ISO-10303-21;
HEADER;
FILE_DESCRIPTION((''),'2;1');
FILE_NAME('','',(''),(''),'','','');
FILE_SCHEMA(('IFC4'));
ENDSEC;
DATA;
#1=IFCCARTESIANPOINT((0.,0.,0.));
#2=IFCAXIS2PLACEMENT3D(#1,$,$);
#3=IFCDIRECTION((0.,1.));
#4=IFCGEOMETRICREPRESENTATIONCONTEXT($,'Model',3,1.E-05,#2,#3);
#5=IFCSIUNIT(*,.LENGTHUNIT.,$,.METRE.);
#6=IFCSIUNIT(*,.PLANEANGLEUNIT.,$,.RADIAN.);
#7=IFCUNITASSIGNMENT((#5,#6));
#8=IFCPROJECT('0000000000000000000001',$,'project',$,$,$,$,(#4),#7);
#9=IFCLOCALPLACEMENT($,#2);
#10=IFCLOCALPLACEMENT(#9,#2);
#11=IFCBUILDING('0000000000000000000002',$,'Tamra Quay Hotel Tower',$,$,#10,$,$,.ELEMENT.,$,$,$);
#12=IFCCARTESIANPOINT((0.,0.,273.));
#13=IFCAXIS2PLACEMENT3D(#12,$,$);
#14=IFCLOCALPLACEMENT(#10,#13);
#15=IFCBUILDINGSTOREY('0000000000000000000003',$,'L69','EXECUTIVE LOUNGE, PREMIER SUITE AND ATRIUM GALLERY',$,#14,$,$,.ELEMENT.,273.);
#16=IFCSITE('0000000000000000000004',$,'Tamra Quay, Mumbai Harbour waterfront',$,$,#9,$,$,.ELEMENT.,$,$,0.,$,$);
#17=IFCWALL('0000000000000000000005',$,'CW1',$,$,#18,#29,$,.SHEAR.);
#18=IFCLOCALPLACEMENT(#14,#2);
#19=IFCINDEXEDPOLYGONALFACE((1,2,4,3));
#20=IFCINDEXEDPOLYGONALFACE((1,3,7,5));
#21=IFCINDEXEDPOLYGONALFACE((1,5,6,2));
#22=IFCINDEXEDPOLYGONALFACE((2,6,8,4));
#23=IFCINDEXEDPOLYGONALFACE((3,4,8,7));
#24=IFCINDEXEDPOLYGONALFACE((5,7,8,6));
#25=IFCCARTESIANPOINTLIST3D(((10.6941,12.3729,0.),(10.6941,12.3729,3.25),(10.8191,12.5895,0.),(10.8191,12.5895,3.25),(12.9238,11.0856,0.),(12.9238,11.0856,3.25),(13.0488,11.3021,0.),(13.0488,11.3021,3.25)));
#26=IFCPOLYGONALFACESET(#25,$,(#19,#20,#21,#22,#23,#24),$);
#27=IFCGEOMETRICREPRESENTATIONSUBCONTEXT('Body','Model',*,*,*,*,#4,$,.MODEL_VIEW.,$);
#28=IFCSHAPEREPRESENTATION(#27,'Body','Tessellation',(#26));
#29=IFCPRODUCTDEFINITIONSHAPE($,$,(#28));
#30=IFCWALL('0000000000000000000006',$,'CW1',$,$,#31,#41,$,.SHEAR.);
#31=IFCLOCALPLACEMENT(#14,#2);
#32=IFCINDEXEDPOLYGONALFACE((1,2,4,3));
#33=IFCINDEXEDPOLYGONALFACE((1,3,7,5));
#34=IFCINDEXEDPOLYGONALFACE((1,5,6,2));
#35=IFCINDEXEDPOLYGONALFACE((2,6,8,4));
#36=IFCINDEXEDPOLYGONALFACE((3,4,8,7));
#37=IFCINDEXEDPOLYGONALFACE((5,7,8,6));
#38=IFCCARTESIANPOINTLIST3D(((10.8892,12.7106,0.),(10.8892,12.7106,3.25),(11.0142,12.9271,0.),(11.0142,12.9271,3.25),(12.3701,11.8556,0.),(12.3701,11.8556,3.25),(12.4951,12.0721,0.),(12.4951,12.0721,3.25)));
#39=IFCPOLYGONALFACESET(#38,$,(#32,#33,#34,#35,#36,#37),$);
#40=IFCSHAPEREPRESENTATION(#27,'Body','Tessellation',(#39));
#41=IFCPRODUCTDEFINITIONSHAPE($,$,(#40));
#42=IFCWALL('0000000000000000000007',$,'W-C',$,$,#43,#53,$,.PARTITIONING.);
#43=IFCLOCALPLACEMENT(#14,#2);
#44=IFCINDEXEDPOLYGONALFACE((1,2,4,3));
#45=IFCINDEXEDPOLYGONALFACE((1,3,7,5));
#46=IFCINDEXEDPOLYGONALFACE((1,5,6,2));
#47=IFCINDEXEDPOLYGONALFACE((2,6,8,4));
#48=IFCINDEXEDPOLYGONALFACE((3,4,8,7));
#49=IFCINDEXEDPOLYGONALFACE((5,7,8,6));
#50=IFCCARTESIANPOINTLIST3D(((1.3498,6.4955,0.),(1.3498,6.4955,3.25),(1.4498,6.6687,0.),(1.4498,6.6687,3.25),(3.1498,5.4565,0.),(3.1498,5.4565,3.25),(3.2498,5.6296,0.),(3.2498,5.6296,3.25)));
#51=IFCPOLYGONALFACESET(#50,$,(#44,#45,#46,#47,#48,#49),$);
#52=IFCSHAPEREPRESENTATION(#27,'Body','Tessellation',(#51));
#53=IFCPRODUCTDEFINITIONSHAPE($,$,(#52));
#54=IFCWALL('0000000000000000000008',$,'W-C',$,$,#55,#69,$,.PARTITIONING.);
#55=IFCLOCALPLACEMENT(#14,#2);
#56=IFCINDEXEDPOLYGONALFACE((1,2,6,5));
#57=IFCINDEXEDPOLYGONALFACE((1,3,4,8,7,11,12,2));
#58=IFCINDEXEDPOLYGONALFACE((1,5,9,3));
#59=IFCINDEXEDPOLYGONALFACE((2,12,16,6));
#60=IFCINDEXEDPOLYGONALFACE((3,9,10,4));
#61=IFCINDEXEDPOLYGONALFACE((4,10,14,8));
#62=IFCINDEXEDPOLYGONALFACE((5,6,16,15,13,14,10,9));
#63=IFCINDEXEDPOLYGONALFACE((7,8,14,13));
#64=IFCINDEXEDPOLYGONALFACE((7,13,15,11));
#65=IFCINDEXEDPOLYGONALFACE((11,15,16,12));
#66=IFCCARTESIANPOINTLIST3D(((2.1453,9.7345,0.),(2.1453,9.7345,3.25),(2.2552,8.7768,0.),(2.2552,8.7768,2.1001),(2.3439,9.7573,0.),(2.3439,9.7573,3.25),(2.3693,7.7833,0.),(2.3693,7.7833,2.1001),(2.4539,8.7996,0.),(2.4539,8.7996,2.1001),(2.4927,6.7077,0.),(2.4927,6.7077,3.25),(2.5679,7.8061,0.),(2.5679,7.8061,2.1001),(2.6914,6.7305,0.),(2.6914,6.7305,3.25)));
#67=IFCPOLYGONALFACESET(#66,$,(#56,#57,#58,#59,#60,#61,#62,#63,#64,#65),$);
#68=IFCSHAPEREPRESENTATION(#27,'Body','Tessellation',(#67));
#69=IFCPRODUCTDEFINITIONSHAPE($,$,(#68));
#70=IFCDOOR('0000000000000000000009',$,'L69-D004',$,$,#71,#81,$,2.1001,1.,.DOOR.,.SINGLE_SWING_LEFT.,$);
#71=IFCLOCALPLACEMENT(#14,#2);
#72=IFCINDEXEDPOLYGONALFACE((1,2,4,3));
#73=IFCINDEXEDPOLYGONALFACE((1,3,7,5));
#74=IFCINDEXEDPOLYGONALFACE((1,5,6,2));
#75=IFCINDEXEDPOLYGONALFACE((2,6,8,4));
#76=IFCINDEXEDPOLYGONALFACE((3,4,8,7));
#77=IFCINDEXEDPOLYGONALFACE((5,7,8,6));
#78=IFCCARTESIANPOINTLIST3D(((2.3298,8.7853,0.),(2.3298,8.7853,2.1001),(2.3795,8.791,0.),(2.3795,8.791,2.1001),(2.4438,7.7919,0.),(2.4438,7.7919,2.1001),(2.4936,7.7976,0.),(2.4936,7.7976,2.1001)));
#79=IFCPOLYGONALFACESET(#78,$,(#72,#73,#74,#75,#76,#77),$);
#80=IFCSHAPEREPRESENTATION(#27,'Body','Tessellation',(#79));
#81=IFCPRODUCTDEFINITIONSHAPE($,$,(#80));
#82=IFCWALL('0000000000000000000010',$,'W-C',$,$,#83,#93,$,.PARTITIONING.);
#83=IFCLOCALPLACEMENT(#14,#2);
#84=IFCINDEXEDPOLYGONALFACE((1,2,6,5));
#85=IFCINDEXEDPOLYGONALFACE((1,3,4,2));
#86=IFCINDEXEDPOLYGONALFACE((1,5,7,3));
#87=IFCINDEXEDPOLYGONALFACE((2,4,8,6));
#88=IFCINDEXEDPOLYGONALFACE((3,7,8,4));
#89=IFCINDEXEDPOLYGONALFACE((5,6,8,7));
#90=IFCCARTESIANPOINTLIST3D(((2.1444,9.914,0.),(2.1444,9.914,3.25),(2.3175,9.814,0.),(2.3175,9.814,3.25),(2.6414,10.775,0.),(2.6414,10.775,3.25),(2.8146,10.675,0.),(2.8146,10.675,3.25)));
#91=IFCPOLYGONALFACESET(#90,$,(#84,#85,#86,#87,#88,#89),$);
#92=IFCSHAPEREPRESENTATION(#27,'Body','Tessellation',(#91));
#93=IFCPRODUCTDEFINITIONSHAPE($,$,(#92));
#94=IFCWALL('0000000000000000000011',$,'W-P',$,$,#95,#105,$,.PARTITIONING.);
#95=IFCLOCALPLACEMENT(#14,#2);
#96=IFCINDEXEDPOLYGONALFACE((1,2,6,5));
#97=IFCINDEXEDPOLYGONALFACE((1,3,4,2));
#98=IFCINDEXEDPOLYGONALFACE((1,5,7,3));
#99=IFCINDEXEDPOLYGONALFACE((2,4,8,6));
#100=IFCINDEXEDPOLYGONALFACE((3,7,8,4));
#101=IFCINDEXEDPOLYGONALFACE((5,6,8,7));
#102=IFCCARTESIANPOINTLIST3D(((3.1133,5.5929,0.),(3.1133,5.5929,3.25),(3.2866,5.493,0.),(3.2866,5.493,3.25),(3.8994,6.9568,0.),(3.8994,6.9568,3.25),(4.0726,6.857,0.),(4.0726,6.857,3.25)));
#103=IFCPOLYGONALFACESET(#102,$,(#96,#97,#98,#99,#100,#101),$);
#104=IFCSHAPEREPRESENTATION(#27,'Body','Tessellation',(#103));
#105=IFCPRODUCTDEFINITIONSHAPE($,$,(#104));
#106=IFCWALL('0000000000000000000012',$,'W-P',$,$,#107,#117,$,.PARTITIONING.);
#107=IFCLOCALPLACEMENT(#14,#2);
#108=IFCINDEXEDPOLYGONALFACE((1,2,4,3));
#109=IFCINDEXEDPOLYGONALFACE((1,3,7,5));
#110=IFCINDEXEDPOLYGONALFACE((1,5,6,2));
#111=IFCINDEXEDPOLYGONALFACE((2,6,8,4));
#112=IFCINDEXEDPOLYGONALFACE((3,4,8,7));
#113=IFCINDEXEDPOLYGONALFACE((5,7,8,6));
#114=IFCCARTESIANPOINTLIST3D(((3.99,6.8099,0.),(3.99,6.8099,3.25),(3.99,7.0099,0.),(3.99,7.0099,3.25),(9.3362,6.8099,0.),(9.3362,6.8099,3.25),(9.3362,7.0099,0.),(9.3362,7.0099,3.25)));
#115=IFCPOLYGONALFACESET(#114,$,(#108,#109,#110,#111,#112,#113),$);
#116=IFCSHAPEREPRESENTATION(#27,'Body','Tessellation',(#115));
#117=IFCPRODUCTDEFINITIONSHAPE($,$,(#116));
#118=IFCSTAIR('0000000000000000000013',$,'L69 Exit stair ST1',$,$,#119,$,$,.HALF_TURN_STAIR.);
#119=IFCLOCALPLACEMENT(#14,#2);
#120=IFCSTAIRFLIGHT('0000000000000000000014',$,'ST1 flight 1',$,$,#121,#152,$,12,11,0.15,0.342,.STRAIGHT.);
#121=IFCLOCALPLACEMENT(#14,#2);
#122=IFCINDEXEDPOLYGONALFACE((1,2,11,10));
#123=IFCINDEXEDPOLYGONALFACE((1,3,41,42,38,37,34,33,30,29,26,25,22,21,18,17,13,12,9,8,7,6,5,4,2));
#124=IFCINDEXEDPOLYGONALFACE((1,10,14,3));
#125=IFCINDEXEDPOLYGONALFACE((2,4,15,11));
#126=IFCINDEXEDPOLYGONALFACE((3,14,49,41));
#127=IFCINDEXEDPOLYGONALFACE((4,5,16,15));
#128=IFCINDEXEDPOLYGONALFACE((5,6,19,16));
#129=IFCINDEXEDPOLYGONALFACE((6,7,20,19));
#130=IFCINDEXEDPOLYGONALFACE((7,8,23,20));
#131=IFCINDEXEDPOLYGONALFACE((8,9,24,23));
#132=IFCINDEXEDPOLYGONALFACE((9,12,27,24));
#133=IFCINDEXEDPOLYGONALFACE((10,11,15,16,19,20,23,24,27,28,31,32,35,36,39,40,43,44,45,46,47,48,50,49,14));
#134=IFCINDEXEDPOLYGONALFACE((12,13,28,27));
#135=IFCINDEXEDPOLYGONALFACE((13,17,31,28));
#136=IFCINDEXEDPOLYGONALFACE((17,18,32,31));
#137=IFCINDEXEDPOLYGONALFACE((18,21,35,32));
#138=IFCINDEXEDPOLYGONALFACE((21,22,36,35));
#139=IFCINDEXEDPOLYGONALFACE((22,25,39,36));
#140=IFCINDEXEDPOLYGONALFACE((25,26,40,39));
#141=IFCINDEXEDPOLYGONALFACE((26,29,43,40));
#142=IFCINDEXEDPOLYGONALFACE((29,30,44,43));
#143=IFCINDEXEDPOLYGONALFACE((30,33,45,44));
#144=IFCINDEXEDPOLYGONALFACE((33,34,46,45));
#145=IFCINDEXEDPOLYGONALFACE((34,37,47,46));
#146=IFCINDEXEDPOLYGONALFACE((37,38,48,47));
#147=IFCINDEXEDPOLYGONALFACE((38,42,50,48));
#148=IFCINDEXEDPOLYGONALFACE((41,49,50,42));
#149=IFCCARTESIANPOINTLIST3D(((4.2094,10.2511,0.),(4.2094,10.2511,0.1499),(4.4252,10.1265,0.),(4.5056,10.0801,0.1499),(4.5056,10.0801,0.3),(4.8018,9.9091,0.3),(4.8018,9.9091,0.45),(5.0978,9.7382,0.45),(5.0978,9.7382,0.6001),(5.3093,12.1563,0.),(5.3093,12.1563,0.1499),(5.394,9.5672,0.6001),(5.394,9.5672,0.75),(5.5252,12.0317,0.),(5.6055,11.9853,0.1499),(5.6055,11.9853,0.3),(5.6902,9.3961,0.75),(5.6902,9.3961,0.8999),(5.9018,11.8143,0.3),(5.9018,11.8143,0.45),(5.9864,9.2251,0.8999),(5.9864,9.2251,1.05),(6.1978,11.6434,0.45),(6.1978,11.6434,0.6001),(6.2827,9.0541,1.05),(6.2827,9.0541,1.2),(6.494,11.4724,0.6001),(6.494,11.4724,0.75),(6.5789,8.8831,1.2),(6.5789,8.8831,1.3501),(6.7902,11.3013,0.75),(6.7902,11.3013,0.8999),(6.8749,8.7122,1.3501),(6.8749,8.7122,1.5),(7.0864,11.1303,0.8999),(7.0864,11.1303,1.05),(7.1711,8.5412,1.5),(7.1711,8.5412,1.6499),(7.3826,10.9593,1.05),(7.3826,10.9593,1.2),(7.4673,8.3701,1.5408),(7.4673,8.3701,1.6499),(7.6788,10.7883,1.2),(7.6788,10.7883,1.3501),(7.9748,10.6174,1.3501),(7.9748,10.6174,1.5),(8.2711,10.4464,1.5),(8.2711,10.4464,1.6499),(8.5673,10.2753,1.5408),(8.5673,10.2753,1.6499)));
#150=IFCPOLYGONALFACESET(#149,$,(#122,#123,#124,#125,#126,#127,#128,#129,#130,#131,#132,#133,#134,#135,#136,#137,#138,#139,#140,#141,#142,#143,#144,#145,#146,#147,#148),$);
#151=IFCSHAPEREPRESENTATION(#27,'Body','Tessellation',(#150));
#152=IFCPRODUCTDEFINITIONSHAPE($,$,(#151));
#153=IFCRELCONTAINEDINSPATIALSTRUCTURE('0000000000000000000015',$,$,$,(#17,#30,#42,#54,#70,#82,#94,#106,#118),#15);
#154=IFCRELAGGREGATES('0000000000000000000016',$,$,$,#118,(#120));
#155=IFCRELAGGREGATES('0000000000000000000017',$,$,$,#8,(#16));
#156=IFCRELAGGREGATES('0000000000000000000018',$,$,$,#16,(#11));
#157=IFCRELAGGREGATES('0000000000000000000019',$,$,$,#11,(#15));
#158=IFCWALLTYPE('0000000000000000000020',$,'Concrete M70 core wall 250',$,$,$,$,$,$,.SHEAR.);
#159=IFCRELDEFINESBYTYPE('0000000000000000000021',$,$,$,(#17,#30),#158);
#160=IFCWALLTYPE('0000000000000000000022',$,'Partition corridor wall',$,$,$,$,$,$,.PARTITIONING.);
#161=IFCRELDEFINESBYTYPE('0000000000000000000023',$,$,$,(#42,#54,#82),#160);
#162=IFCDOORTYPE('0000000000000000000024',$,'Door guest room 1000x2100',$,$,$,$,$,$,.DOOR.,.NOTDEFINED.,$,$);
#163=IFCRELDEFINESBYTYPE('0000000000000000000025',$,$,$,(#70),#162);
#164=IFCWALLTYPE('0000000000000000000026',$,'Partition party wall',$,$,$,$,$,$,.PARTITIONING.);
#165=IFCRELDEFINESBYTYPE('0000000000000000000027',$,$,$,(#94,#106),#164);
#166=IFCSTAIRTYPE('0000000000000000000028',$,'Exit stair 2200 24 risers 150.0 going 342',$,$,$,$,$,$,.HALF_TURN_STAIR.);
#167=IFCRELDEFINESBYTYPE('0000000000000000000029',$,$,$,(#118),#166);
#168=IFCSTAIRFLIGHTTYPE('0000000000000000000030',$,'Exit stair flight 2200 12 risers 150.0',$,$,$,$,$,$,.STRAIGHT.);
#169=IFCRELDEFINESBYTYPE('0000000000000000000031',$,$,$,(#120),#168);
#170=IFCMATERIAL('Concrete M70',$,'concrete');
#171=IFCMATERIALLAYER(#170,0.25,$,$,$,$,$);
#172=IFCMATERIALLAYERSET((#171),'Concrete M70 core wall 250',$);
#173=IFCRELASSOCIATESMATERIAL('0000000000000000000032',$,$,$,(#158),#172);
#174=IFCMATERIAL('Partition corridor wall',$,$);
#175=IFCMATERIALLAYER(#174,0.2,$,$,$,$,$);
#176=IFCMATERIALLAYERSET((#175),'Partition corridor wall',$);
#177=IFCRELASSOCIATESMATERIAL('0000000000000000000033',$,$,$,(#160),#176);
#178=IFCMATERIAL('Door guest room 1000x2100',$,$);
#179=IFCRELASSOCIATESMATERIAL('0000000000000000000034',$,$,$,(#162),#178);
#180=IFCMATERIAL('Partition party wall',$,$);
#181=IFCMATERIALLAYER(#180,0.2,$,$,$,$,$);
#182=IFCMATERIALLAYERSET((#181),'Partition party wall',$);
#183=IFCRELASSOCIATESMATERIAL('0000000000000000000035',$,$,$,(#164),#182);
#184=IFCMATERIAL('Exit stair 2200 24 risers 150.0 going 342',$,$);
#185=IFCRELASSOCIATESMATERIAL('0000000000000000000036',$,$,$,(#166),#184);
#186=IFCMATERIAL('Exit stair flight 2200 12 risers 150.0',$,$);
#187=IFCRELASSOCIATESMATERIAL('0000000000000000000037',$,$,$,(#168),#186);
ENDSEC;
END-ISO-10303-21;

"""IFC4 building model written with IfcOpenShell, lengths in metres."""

from ifc_helpers import new_model, si_unit, direction, frame, frame_2d, origin, place, context, subcontext, project, spatial, polyline, rectangle, outline, extrude, material, layer, layer_set, type_object, element, fill, aggregate, save


model = new_model("IFC4")

# Units and contexts
model_context = context("Model", 3, precision=1e-05, world=origin(), true_north=direction((0.0, 1.0)))
body_context = subcontext(model_context, "Body", "Model", "MODEL_VIEW")
ifc_project = project(units=[si_unit("LENGTHUNIT", "METRE"), si_unit("PLANEANGLEUNIT", "RADIAN")], contexts=[model_context])

# Site, building, storey
site_placement = place(None, origin())
site = spatial("IfcSite", under=ifc_project, at=site_placement, Name="Tamra Quay, Mumbai Harbour waterfront", CompositionType="ELEMENT", RefElevation=0.0)
building_placement = place(site_placement, origin())
building = spatial("IfcBuilding", under=site, at=building_placement, Name="Tamra Quay Hotel Tower", CompositionType="ELEMENT")
storey_placement = place(building_placement, frame((0.0, 0.0, 273.0)))
storey = spatial("IfcBuildingStorey", under=building, at=storey_placement, Name="L69", Description="EXECUTIVE LOUNGE, PREMIER SUITE AND ATRIUM GALLERY", CompositionType="ELEMENT", Elevation=273.0)

# Shared definitions
ifc_material_1 = material(Name="Concrete M70", Category="concrete")

# Shared definitions
ifc_layer_1 = layer(ifc_material_1, 0.25)
ifc_layer_set_1 = layer_set([ifc_layer_1], Name="Concrete M70 core wall 250")
wall_type_1 = type_object("IfcWallType", Name="Concrete M70 core wall 250", PredefinedType="SHEAR", material=ifc_layer_set_1)

# Walls
wall_1_placement = place(storey_placement, frame((10.7566, 12.4812, 0.0), z_axis=(0.0, 0.0, 1.0), x_axis=(0.866023, -0.500004, 0.0)))
element("IfcWall", 1, at=wall_1_placement, inside=storey, type_object=wall_type_1, Name="CW1", PredefinedType="SHEAR", context=body_context, shape_type="SweptSolid", body=[
    extrude(rectangle(XDim=2.5747, YDim=0.25, at=frame_2d((1.2874, 0.0))), origin(), (0.0, 0.0, 1.0), 3.25),
])
wall_2_placement = place(storey_placement, frame((12.4326, 11.9639, 0.0), z_axis=(0.0, 0.0, 1.0), x_axis=(-0.866038, 0.499978, 0.0)))
element("IfcWall", 2, at=wall_2_placement, inside=storey, type_object=wall_type_1, Name="CW1", PredefinedType="SHEAR", context=body_context, shape_type="SweptSolid", body=[
    extrude(rectangle(XDim=1.71, YDim=0.25, at=frame_2d((0.855, 0.0))), origin(), (0.0, 0.0, 1.0), 3.25),
])
ifc_material_2 = material(Name="Partition corridor wall")
ifc_layer_2 = layer(ifc_material_2, 0.2)
ifc_layer_set_2 = layer_set([ifc_layer_2], Name="Partition corridor wall")
wall_type_2 = type_object("IfcWallType", Name="Partition corridor wall", PredefinedType="PARTITIONING", material=ifc_layer_set_2)
wall_3_placement = place(storey_placement, frame((1.3999, 6.582, 0.0), z_axis=(0.0, 0.0, 1.0), x_axis=(0.866066, -0.499929, 0.0)))
element("IfcWall", 3, at=wall_3_placement, inside=storey, type_object=wall_type_2, Name="W-C", PredefinedType="PARTITIONING", context=body_context, shape_type="SweptSolid", body=[
    extrude(rectangle(XDim=2.0784, YDim=0.2, at=frame_2d((1.0391, 0.0))), origin(), (0.0, 0.0, 1.0), 3.25),
])

# Wall, opening, door
wall_4_placement = place(storey_placement, frame((2.592, 6.719, 0.0), z_axis=(0.0, 0.0, 1.0), x_axis=(-0.114028, 0.993478, 0.0)))
wall_4 = element("IfcWall", 4, at=wall_4_placement, inside=storey, type_object=wall_type_2, Name="W-C", PredefinedType="PARTITIONING", context=body_context, shape_type="SweptSolid", body=[
    extrude(rectangle(XDim=3.0466, YDim=0.2, at=frame_2d((1.5234, 0.0))), origin(), (0.0, 0.0, 1.0), 3.25),
])
opening_1_placement = place(wall_4_placement, frame((1.0828, 0.0, 0.0)))
opening_1 = element("IfcOpeningElement", 5, at=opening_1_placement, cuts=wall_4, PredefinedType="OPENING", context=body_context, shape_type="SweptSolid", body=[
    extrude(rectangle(XDim=1.0, YDim=2.1001, at=frame_2d((0.5, 1.05))), frame((0.0, 0.1099, 0.0), z_axis=(0.0, -1.0, 0.0), x_axis=(1.0, 0.0, 0.0)), (0.0, 0.0, 1.0), 0.22),
])
ifc_material_3 = material(Name="Door guest room 1000x2100")
door_type_1 = type_object("IfcDoorType", Name="Door guest room 1000x2100", OperationType="NOTDEFINED", PredefinedType="DOOR", material=ifc_material_3)
door_1_placement = place(opening_1_placement, origin())
door_1 = element("IfcDoor", 6, at=door_1_placement, inside=storey, type_object=door_type_1, Name="L69-D004", OperationType="SINGLE_SWING_LEFT", OverallHeight=2.1001, OverallWidth=1.0, PredefinedType="DOOR", context=body_context, shape_type="SweptSolid", body=[
    extrude(rectangle(XDim=1.0, YDim=2.1001, at=frame_2d((0.5, 1.05))), frame((0.0, 0.0249, 0.0), z_axis=(0.0, -1.0, 0.0), x_axis=(1.0, 0.0, 0.0)), (0.0, 0.0, 1.0), 0.05),
])
fill(opening_1, door_1)

# Walls
wall_5_placement = place(storey_placement, frame((2.231, 9.864, 0.0), z_axis=(0.0, 0.0, 1.0), x_axis=(0.499942, 0.866059, 0.0)))
element("IfcWall", 7, at=wall_5_placement, inside=storey, type_object=wall_type_2, Name="W-C", PredefinedType="PARTITIONING", context=body_context, shape_type="SweptSolid", body=[
    extrude(rectangle(XDim=0.9941, YDim=0.2, at=frame_2d((0.4971, 0.0))), origin(), (0.0, 0.0, 1.0), 3.25),
])
ifc_material_4 = material(Name="Partition party wall")
ifc_layer_3 = layer(ifc_material_4, 0.2)
ifc_layer_set_3 = layer_set([ifc_layer_3], Name="Partition party wall")
wall_type_3 = type_object("IfcWallType", Name="Partition party wall", PredefinedType="PARTITIONING", material=ifc_layer_set_3)
wall_6_placement = place(storey_placement, frame((3.2, 5.543, 0.0), z_axis=(0.0, 0.0, 1.0), x_axis=(0.499342, 0.866405, 0.0)))
element("IfcWall", 8, at=wall_6_placement, inside=storey, type_object=wall_type_3, Name="W-P", PredefinedType="PARTITIONING", context=body_context, shape_type="SweptSolid", body=[
    extrude(rectangle(XDim=1.5742, YDim=0.2, at=frame_2d((0.7871, 0.0))), origin(), (0.0, 0.0, 1.0), 3.25),
])
wall_7_placement = place(storey_placement, frame((3.99, 6.9099, 0.0), z_axis=(0.0, 0.0, 1.0), x_axis=(1.0, 0.0, 0.0)))
element("IfcWall", 9, at=wall_7_placement, inside=storey, type_object=wall_type_3, Name="W-P", PredefinedType="PARTITIONING", context=body_context, shape_type="SweptSolid", body=[
    extrude(rectangle(XDim=5.3462, YDim=0.2, at=frame_2d((2.6731, 0.0))), origin(), (0.0, 0.0, 1.0), 3.25),
])

# Stair, stair flight
ifc_material_5 = material(Name="Exit stair 2200 24 risers 150.0 going 342")
stair_type = type_object("IfcStairType", Name="Exit stair 2200 24 risers 150.0 going 342", PredefinedType="HALF_TURN_STAIR", material=ifc_material_5)
stair_placement = place(storey_placement, origin())
stair = element("IfcStair", 10, at=stair_placement, inside=storey, type_object=stair_type, Name="L69 Exit stair ST1", PredefinedType="HALF_TURN_STAIR")
ifc_material_6 = material(Name="Exit stair flight 2200 12 risers 150.0")
stair_flight_type = type_object("IfcStairFlightType", Name="Exit stair flight 2200 12 risers 150.0", PredefinedType="STRAIGHT", material=ifc_material_6)
stair_flight_1_placement = place(storey_placement, frame((4.7593, 11.2036, 0.0), z_axis=(0.0, 0.0, 1.0), x_axis=(0.866025, -0.5, 0.0)))
stair_flight_1 = element("IfcStairFlight", 11, at=stair_flight_1_placement, type_object=stair_flight_type, Name="ST1 flight 1", NumberOfRisers=12, NumberOfTreads=11, PredefinedType="STRAIGHT", RiserHeight=0.15, TreadLength=0.342, context=body_context, shape_type="SweptSolid", body=[
    extrude(outline(polyline([(0.0, 0.0), (0.0, 0.1499), (0.342, 0.1499), (0.342, 0.3), (0.6841, 0.3), (0.6841, 0.45), (1.0259, 0.45), (1.0259, 0.6001), (1.3679, 0.6001), (1.3679, 0.75), (1.71, 0.75), (1.71, 0.8999), (2.052, 0.8999), (2.052, 1.05), (2.394, 1.05), (2.394, 1.2), (2.7361, 1.2), (2.7361, 1.3501), (3.0779, 1.3501), (3.0779, 1.5), (3.4199, 1.5), (3.4199, 1.6499), (3.762, 1.6499), (3.762, 1.8), (3.762, 1.5408), (0.2493, 0.0), (0.0, 0.0)])), frame((0.0, 1.1001, 0.0), z_axis=(0.0, -1.0, 0.0), x_axis=(1.0, 0.0, 0.0)), (0.0, 0.0, 1.0), 2.2),
])
aggregate(stair, [stair_flight_1])

save(model, "model.ifc")
